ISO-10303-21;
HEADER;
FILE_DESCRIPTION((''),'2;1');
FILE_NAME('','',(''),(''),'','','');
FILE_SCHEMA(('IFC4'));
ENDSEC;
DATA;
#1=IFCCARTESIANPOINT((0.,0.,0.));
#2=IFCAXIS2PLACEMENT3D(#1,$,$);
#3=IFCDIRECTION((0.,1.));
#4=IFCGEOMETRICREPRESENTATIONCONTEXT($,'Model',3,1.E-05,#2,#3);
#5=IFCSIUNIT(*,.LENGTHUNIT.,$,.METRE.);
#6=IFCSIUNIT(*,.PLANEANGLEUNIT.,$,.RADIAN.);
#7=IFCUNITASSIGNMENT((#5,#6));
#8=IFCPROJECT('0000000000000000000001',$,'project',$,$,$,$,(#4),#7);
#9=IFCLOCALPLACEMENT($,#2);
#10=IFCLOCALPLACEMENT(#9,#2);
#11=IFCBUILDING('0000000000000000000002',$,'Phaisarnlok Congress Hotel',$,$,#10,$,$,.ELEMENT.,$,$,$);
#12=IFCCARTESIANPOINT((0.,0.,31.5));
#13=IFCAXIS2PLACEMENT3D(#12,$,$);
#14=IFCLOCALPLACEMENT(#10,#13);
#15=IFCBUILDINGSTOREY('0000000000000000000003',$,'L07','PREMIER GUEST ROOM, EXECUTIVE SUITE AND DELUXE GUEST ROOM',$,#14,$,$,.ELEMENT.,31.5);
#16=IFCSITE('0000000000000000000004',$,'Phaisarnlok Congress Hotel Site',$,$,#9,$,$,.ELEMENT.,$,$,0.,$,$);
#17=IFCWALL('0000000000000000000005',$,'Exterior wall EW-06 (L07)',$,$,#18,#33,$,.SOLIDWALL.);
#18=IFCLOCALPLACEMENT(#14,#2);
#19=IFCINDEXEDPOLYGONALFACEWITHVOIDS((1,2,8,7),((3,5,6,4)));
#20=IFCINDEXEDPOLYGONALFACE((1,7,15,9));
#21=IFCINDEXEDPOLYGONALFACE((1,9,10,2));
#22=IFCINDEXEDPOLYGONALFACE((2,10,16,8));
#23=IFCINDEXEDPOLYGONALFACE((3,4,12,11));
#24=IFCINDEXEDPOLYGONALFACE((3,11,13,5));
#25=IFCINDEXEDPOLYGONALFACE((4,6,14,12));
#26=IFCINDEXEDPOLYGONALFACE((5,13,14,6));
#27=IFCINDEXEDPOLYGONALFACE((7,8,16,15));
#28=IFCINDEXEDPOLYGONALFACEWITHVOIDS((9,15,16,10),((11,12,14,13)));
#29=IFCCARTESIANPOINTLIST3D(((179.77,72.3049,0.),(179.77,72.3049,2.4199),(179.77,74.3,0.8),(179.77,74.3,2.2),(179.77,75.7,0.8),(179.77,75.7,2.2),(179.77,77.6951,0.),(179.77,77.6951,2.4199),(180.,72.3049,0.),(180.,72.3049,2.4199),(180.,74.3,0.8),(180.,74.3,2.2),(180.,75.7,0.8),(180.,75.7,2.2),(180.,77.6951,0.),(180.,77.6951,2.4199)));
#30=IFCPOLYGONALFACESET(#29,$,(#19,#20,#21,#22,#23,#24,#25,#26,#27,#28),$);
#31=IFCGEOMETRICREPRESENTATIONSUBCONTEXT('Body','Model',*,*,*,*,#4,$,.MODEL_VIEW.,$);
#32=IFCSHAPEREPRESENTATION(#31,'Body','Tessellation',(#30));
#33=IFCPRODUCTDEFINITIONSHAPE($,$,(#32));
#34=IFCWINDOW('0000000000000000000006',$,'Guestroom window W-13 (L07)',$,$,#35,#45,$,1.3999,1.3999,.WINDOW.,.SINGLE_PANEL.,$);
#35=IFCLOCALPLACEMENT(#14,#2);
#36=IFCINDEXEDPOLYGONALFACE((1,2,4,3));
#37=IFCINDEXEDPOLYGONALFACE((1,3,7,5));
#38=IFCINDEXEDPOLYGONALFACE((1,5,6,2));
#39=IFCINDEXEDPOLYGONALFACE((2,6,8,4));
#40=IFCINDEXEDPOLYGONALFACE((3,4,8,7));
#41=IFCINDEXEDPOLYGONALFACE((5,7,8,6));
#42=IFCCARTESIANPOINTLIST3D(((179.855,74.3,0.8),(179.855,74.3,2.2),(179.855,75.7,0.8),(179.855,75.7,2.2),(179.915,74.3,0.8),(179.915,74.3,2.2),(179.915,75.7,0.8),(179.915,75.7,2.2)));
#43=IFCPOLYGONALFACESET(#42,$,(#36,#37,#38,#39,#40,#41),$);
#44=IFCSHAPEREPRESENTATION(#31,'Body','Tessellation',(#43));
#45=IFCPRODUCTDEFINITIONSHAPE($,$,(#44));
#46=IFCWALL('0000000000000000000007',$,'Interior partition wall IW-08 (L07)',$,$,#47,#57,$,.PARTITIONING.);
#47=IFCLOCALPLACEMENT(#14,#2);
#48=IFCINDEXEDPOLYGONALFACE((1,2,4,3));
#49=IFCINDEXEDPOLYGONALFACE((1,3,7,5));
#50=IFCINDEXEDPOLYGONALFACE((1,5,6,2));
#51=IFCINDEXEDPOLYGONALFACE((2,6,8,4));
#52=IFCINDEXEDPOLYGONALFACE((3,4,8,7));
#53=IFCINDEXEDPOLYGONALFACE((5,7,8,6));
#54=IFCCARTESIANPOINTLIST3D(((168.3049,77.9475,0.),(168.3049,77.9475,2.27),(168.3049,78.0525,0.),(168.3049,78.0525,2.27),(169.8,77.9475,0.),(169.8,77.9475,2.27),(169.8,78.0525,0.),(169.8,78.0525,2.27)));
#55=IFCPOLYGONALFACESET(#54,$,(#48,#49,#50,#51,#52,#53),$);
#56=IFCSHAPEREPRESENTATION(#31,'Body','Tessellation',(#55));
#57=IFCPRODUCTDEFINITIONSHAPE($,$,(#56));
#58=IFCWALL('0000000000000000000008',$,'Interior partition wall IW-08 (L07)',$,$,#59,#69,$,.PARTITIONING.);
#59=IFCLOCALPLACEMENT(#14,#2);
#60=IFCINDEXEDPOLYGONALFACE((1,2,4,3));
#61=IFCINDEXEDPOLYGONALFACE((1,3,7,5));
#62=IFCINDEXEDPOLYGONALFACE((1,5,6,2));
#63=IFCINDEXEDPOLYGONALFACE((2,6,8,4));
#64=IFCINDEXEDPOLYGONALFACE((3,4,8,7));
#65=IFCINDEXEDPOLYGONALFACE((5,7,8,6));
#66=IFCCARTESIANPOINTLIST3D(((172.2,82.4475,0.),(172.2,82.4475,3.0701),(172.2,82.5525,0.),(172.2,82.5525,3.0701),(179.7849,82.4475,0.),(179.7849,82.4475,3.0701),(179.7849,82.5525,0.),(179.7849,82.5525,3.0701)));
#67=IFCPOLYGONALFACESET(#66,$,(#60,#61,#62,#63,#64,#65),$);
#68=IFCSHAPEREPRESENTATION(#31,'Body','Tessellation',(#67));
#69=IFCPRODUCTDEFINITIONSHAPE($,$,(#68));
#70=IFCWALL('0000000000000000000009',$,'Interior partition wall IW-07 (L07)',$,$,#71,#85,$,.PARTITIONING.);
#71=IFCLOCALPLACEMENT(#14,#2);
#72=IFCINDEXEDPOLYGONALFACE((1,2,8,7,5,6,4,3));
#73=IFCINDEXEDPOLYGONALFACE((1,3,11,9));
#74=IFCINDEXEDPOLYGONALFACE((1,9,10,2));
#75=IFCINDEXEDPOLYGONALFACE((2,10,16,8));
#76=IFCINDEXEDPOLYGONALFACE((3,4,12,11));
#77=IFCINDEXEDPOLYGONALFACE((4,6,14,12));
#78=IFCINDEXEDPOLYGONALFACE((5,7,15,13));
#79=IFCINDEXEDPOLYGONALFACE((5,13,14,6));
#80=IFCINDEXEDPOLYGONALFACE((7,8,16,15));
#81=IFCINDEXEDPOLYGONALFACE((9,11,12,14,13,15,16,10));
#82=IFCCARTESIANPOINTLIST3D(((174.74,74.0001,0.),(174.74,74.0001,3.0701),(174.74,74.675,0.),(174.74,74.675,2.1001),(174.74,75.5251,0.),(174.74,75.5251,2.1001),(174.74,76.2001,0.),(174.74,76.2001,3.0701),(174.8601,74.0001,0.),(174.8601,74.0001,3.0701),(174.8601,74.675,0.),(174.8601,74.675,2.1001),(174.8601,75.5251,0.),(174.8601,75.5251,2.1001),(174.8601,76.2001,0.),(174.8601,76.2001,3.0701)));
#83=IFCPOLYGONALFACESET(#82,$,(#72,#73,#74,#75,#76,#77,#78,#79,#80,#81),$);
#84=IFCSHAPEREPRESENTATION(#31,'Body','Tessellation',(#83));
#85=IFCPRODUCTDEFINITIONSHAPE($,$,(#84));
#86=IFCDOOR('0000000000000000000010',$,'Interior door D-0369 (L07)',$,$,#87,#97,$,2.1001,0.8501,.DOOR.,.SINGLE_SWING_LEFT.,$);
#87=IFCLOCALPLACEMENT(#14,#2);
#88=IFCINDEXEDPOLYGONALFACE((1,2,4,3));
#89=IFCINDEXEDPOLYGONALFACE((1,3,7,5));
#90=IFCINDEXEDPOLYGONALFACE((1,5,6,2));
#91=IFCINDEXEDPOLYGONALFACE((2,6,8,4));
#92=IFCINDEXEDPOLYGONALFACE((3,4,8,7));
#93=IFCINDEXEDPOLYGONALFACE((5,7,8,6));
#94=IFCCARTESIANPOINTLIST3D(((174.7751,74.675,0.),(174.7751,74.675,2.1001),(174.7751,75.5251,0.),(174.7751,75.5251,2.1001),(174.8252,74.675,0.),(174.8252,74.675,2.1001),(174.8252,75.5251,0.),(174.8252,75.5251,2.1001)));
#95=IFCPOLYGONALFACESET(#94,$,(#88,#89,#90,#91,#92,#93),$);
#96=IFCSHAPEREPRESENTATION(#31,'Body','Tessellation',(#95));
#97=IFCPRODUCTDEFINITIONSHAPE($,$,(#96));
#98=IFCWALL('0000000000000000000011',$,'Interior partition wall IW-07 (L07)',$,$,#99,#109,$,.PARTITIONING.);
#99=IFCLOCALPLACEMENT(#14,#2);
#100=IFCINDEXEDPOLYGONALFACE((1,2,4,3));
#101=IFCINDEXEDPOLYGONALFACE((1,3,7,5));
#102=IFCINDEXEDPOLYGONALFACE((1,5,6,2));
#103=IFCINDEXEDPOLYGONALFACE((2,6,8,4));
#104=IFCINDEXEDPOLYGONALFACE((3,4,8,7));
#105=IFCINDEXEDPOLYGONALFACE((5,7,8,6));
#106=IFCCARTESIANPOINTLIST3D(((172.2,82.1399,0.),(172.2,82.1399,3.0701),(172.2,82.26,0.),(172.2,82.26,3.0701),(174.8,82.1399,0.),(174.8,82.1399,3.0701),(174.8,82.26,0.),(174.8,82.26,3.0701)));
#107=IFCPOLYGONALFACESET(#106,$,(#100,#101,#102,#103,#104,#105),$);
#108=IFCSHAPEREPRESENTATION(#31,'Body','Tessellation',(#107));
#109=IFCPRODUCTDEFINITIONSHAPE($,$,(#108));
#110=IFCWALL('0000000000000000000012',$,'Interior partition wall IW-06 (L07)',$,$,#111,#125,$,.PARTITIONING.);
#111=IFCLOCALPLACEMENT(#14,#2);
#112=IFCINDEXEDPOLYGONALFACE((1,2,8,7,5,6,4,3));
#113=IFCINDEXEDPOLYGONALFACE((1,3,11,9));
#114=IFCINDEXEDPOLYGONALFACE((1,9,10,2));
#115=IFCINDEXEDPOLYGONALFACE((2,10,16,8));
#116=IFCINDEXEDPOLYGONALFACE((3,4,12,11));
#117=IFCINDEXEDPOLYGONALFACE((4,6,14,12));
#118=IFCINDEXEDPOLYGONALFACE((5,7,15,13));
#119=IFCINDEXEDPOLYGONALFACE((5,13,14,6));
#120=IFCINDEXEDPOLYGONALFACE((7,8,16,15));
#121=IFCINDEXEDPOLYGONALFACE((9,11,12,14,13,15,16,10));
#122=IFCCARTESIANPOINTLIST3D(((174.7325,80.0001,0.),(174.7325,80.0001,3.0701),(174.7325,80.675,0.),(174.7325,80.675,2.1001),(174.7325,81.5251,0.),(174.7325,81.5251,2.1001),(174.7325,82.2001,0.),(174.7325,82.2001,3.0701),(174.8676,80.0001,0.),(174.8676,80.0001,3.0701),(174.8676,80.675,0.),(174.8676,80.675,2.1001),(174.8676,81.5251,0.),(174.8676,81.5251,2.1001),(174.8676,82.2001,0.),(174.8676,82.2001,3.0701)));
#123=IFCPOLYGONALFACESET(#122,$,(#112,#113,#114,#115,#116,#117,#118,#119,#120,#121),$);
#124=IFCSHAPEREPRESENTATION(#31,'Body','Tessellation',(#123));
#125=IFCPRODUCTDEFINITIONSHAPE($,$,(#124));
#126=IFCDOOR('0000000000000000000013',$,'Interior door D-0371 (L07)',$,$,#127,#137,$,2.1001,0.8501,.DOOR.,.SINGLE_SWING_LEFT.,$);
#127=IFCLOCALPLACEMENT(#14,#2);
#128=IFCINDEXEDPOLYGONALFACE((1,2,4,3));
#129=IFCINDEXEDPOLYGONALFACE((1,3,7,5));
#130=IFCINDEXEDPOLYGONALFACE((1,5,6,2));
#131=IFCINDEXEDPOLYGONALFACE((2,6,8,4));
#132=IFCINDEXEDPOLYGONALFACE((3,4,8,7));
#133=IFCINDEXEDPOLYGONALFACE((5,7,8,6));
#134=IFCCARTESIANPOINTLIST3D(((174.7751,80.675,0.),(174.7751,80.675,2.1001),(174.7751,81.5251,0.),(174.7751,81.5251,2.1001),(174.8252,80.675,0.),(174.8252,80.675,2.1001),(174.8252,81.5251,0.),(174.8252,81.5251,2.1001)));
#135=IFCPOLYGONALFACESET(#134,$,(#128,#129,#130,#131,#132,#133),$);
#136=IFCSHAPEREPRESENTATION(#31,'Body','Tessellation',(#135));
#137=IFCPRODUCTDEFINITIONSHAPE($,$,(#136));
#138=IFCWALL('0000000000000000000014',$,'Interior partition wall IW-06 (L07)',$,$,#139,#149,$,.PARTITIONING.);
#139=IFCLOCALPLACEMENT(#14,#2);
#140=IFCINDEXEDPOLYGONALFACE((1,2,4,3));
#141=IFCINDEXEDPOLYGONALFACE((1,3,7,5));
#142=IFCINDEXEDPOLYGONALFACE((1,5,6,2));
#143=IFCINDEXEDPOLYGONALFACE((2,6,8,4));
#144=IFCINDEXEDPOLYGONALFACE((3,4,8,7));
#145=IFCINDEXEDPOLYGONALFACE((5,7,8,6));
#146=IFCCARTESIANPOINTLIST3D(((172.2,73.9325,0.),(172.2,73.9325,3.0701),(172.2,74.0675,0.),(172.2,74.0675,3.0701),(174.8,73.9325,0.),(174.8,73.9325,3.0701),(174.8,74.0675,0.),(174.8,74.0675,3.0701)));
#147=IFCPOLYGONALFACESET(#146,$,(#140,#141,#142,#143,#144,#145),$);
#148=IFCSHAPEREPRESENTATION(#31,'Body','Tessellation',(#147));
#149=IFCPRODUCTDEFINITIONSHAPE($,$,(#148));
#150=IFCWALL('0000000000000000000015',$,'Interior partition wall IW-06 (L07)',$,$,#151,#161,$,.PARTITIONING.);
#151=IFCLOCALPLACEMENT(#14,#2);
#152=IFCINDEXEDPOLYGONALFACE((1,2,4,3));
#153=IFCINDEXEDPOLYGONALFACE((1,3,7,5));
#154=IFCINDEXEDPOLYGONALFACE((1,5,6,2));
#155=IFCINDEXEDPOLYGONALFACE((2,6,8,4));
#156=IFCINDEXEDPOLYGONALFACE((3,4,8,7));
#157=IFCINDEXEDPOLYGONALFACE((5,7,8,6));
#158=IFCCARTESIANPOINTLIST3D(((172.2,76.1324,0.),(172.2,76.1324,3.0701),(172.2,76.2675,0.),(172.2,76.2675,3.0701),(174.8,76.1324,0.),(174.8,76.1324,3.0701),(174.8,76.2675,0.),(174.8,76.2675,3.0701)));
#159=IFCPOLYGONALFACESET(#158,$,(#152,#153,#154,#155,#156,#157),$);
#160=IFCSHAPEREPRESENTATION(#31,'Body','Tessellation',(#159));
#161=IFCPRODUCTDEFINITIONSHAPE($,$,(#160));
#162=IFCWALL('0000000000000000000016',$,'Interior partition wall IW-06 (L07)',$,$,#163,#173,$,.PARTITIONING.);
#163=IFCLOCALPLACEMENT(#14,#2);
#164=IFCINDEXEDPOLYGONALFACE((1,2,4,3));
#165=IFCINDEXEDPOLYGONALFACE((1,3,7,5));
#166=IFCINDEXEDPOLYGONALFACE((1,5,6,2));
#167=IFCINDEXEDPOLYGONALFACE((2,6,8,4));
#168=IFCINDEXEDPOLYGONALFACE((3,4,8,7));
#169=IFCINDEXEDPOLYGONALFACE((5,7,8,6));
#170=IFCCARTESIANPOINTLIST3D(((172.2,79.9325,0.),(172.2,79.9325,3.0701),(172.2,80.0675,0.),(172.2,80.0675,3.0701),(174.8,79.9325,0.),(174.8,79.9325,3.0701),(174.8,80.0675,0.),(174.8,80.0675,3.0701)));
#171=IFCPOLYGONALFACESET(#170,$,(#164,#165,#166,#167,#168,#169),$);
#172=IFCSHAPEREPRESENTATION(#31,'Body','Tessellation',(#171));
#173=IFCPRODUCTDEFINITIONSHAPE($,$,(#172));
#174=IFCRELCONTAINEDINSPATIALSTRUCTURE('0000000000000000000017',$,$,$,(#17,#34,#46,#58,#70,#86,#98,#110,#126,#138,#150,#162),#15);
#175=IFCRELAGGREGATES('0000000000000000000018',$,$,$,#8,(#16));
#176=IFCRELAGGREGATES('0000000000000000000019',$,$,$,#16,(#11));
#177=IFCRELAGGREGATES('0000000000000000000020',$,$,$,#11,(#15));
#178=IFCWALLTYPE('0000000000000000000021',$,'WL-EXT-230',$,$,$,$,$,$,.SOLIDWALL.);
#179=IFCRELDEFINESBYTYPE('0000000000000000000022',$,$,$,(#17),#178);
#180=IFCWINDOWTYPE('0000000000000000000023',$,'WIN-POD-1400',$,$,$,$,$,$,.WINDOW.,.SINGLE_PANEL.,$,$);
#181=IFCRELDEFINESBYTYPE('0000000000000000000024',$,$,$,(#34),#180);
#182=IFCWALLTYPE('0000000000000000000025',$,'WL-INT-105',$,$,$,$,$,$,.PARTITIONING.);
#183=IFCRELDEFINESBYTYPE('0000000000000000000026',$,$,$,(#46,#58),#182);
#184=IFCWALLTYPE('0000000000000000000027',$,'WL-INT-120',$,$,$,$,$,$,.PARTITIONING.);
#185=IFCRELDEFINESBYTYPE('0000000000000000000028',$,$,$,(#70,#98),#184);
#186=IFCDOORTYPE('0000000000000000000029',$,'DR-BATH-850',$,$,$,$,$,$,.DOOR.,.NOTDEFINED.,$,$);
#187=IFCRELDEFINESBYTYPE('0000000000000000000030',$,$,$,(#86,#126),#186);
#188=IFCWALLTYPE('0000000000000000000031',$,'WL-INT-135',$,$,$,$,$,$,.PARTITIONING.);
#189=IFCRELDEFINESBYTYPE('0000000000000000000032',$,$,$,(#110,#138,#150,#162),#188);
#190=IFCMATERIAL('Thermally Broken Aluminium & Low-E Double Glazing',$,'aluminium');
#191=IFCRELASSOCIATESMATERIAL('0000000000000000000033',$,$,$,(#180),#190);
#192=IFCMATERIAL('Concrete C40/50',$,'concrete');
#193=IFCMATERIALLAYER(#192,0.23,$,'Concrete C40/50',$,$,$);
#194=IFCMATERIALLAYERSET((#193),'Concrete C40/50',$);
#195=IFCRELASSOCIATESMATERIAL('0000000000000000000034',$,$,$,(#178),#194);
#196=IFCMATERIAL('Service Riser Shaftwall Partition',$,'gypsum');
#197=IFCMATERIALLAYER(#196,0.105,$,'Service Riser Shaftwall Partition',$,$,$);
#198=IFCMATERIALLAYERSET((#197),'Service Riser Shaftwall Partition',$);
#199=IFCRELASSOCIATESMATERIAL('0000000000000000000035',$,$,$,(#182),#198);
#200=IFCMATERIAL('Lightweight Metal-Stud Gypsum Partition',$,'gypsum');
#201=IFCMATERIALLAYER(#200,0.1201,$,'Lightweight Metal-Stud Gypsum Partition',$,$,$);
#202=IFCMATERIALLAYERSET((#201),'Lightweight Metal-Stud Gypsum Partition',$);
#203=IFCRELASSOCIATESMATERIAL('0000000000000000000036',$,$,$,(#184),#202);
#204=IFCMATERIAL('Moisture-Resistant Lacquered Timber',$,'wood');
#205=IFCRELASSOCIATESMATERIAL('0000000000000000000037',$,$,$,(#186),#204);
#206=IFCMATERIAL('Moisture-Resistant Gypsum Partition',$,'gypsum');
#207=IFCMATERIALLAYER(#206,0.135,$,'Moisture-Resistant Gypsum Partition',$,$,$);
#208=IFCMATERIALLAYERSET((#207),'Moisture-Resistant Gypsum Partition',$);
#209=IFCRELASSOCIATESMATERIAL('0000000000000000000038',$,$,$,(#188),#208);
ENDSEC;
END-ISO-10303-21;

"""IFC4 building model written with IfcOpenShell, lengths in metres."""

from ifc_helpers import new_model, si_unit, direction, frame, frame_2d, origin, place, context, subcontext, project, spatial, rectangle, extrude, material, layer, layer_set, type_object, element, fill, save


model = new_model("IFC4")

# Units and contexts
model_context = context("Model", 3, precision=1e-05, world=origin(), true_north=direction((0.0, 1.0)))
body_context = subcontext(model_context, "Body", "Model", "MODEL_VIEW")
ifc_project = project(units=[si_unit("LENGTHUNIT", "METRE"), si_unit("PLANEANGLEUNIT", "RADIAN")], contexts=[model_context])

# Site, building, storey
site_placement = place(None, origin())
site = spatial("IfcSite", under=ifc_project, at=site_placement, Name="Phaisarnlok Congress Hotel Site", CompositionType="ELEMENT", RefElevation=0.0)
building_placement = place(site_placement, origin())
building = spatial("IfcBuilding", under=site, at=building_placement, Name="Phaisarnlok Congress Hotel", CompositionType="ELEMENT")
storey_placement = place(building_placement, frame((0.0, 0.0, 31.5)))
storey = spatial("IfcBuildingStorey", under=building, at=storey_placement, Name="L07", Description="PREMIER GUEST ROOM, EXECUTIVE SUITE AND DELUXE GUEST ROOM", CompositionType="ELEMENT", Elevation=31.5)

# Shared definitions
ifc_material_1 = material(Name="Concrete C40/50", Category="concrete")

# Wall, opening, window
ifc_material_2 = material(Name="Thermally Broken Aluminium & Low-E Double Glazing", Category="aluminium")
window_type = type_object("IfcWindowType", Name="WIN-POD-1400", PartitioningType="SINGLE_PANEL", PredefinedType="WINDOW", material=ifc_material_2)
ifc_layer_1 = layer(ifc_material_1, 0.23, Name="Concrete C40/50")
ifc_layer_set_1 = layer_set([ifc_layer_1], Name="Concrete C40/50")
wall_type_1 = type_object("IfcWallType", Name="WL-EXT-230", PredefinedType="SOLIDWALL", material=ifc_layer_set_1)
wall_1_placement = place(storey_placement, frame((179.885, 72.3049, 0.0), z_axis=(0.0, 0.0, 1.0), x_axis=(0.0, 1.0, 0.0)))
wall_1 = element("IfcWall", 1, at=wall_1_placement, inside=storey, type_object=wall_type_1, Name="Exterior wall EW-06 (L07)", PredefinedType="SOLIDWALL", context=body_context, shape_type="SweptSolid", body=[
    extrude(rectangle(XDim=5.3901, YDim=0.23, at=frame_2d((2.6951, 0.0))), origin(), (0.0, 0.0, 1.0), 2.4199),
])
opening_1_placement = place(wall_1_placement, frame((1.9951, 0.0, 0.8)))
opening_1 = element("IfcOpeningElement", 2, at=opening_1_placement, cuts=wall_1, PredefinedType="OPENING", context=body_context, shape_type="SweptSolid", body=[
    extrude(rectangle(XDim=1.3999, YDim=1.3999, at=frame_2d((0.7, 0.7))), frame((0.0, 0.125, 0.0), z_axis=(0.0, -1.0, 0.0), x_axis=(1.0, 0.0, 0.0)), (0.0, 0.0, 1.0), 0.25),
])
window_1_placement = place(opening_1_placement, origin())
window_1 = element("IfcWindow", 3, at=window_1_placement, inside=storey, type_object=window_type, Name="Guestroom window W-13 (L07)", OverallHeight=1.3999, OverallWidth=1.3999, PartitioningType="SINGLE_PANEL", PredefinedType="WINDOW", context=body_context, shape_type="SweptSolid", body=[
    extrude(rectangle(XDim=1.3999, YDim=1.3999, at=frame_2d((0.7, 0.7))), frame((0.0, 0.03, 0.0), z_axis=(0.0, -1.0, 0.0), x_axis=(1.0, 0.0, 0.0)), (0.0, 0.0, 1.0), 0.0601),
])
fill(opening_1, window_1)

# Walls
ifc_material_3 = material(Name="Service Riser Shaftwall Partition", Category="gypsum")
ifc_layer_2 = layer(ifc_material_3, 0.105, Name="Service Riser Shaftwall Partition")
ifc_layer_set_2 = layer_set([ifc_layer_2], Name="Service Riser Shaftwall Partition")
wall_type_2 = type_object("IfcWallType", Name="WL-INT-105", PredefinedType="PARTITIONING", material=ifc_layer_set_2)
wall_2_placement = place(storey_placement, frame((168.3049, 78.0, 0.0), z_axis=(0.0, 0.0, 1.0), x_axis=(1.0, 0.0, 0.0)))
element("IfcWall", 4, at=wall_2_placement, inside=storey, type_object=wall_type_2, Name="Interior partition wall IW-08 (L07)", PredefinedType="PARTITIONING", context=body_context, shape_type="SweptSolid", body=[
    extrude(rectangle(XDim=1.4951, YDim=0.105, at=frame_2d((0.7476, 0.0))), origin(), (0.0, 0.0, 1.0), 2.27),
])
wall_3_placement = place(storey_placement, frame((172.2, 82.5, 0.0), z_axis=(0.0, 0.0, 1.0), x_axis=(1.0, 0.0, 0.0)))
element("IfcWall", 5, at=wall_3_placement, inside=storey, type_object=wall_type_2, Name="Interior partition wall IW-08 (L07)", PredefinedType="PARTITIONING", context=body_context, shape_type="SweptSolid", body=[
    extrude(rectangle(XDim=7.585, YDim=0.105, at=frame_2d((3.7925, 0.0))), origin(), (0.0, 0.0, 1.0), 3.0701),
])

# Wall, opening, door
ifc_material_4 = material(Name="Lightweight Metal-Stud Gypsum Partition", Category="gypsum")
ifc_layer_3 = layer(ifc_material_4, 0.1201, Name="Lightweight Metal-Stud Gypsum Partition")
ifc_layer_set_3 = layer_set([ifc_layer_3], Name="Lightweight Metal-Stud Gypsum Partition")
wall_type_3 = type_object("IfcWallType", Name="WL-INT-120", PredefinedType="PARTITIONING", material=ifc_layer_set_3)
wall_4_placement = place(storey_placement, frame((174.8, 74.0, 0.0), z_axis=(0.0, 0.0, 1.0), x_axis=(0.0, 1.0, 0.0)))
wall_4 = element("IfcWall", 6, at=wall_4_placement, inside=storey, type_object=wall_type_3, Name="Interior partition wall IW-07 (L07)", PredefinedType="PARTITIONING", context=body_context, shape_type="SweptSolid", body=[
    extrude(rectangle(XDim=2.2, YDim=0.1201, at=frame_2d((1.1001, 0.0))), origin(), (0.0, 0.0, 1.0), 3.0701),
])
opening_2_placement = place(wall_4_placement, frame((0.675, 0.0, 0.0)))
opening_2 = element("IfcOpeningElement", 7, at=opening_2_placement, cuts=wall_4, PredefinedType="OPENING", context=body_context, shape_type="SweptSolid", body=[
    extrude(rectangle(XDim=0.8501, YDim=2.1001, at=frame_2d((0.425, 1.05))), frame((0.0, 0.0701, 0.0), z_axis=(0.0, -1.0, 0.0), x_axis=(1.0, 0.0, 0.0)), (0.0, 0.0, 1.0), 0.1401),
])
ifc_material_5 = material(Name="Moisture-Resistant Lacquered Timber", Category="wood")
door_type = type_object("IfcDoorType", Name="DR-BATH-850", OperationType="NOTDEFINED", PredefinedType="DOOR", material=ifc_material_5)
door_1_placement = place(opening_2_placement, origin())
door_1 = element("IfcDoor", 8, at=door_1_placement, inside=storey, type_object=door_type, Name="Interior door D-0369 (L07)", OperationType="SINGLE_SWING_LEFT", OverallHeight=2.1001, OverallWidth=0.8501, PredefinedType="DOOR", context=body_context, shape_type="SweptSolid", body=[
    extrude(rectangle(XDim=0.8501, YDim=2.1001, at=frame_2d((0.425, 1.05))), frame((0.0, 0.0249, 0.0), z_axis=(0.0, -1.0, 0.0), x_axis=(1.0, 0.0, 0.0)), (0.0, 0.0, 1.0), 0.05),
])
fill(opening_2, door_1)

# Wall
wall_5_placement = place(storey_placement, frame((172.2, 82.2, 0.0), z_axis=(0.0, 0.0, 1.0), x_axis=(1.0, 0.0, 0.0)))
element("IfcWall", 9, at=wall_5_placement, inside=storey, type_object=wall_type_3, Name="Interior partition wall IW-07 (L07)", PredefinedType="PARTITIONING", context=body_context, shape_type="SweptSolid", body=[
    extrude(rectangle(XDim=2.6001, YDim=0.1201, at=frame_2d((1.3, 0.0))), origin(), (0.0, 0.0, 1.0), 3.0701),
])

# Wall, opening, door
ifc_material_6 = material(Name="Moisture-Resistant Gypsum Partition", Category="gypsum")
ifc_layer_4 = layer(ifc_material_6, 0.135, Name="Moisture-Resistant Gypsum Partition")
ifc_layer_set_4 = layer_set([ifc_layer_4], Name="Moisture-Resistant Gypsum Partition")
wall_type_4 = type_object("IfcWallType", Name="WL-INT-135", PredefinedType="PARTITIONING", material=ifc_layer_set_4)
wall_6_placement = place(storey_placement, frame((174.8, 80.0, 0.0), z_axis=(0.0, 0.0, 1.0), x_axis=(0.0, 1.0, 0.0)))
wall_6 = element("IfcWall", 10, at=wall_6_placement, inside=storey, type_object=wall_type_4, Name="Interior partition wall IW-06 (L07)", PredefinedType="PARTITIONING", context=body_context, shape_type="SweptSolid", body=[
    extrude(rectangle(XDim=2.2, YDim=0.135, at=frame_2d((1.1001, 0.0))), origin(), (0.0, 0.0, 1.0), 3.0701),
])
opening_3_placement = place(wall_6_placement, frame((0.675, 0.0, 0.0)))
opening_3 = element("IfcOpeningElement", 11, at=opening_3_placement, cuts=wall_6, PredefinedType="OPENING", context=body_context, shape_type="SweptSolid", body=[
    extrude(rectangle(XDim=0.8501, YDim=2.1001, at=frame_2d((0.425, 1.05))), frame((0.0, 0.0776, 0.0), z_axis=(0.0, -1.0, 0.0), x_axis=(1.0, 0.0, 0.0)), (0.0, 0.0, 1.0), 0.155),
])
door_2_placement = place(opening_3_placement, origin())
door_2 = element("IfcDoor", 12, at=door_2_placement, inside=storey, type_object=door_type, Name="Interior door D-0371 (L07)", OperationType="SINGLE_SWING_LEFT", OverallHeight=2.1001, OverallWidth=0.8501, PredefinedType="DOOR", context=body_context, shape_type="SweptSolid", body=[
    extrude(rectangle(XDim=0.8501, YDim=2.1001, at=frame_2d((0.425, 1.05))), frame((0.0, 0.0249, 0.0), z_axis=(0.0, -1.0, 0.0), x_axis=(1.0, 0.0, 0.0)), (0.0, 0.0, 1.0), 0.05),
])
fill(opening_3, door_2)

# Walls
for number, where, z_axis, x_axis, name in (
    (13, (172.2, 74.0, 0.0), (0.0, 0.0, 1.0), (1.0, 0.0, 0.0), "Interior partition wall IW-06 (L07)"),
    (14, (172.2, 76.2, 0.0), (0.0, 0.0, 1.0), (1.0, 0.0, 0.0), "Interior partition wall IW-06 (L07)"),
    (15, (172.2, 80.0, 0.0), (0.0, 0.0, 1.0), (1.0, 0.0, 0.0), "Interior partition wall IW-06 (L07)"),
):
    element("IfcWall", number, at=place(storey_placement, frame(where, z_axis=z_axis, x_axis=x_axis)), inside=storey, type_object=wall_type_4, Name=name, PredefinedType="PARTITIONING", context=body_context, shape_type="SweptSolid", body=[
        extrude(rectangle(XDim=2.6001, YDim=0.135, at=frame_2d((1.3, 0.0))), origin(), (0.0, 0.0, 1.0), 3.0701),
    ])

save(model, "model.ifc")
